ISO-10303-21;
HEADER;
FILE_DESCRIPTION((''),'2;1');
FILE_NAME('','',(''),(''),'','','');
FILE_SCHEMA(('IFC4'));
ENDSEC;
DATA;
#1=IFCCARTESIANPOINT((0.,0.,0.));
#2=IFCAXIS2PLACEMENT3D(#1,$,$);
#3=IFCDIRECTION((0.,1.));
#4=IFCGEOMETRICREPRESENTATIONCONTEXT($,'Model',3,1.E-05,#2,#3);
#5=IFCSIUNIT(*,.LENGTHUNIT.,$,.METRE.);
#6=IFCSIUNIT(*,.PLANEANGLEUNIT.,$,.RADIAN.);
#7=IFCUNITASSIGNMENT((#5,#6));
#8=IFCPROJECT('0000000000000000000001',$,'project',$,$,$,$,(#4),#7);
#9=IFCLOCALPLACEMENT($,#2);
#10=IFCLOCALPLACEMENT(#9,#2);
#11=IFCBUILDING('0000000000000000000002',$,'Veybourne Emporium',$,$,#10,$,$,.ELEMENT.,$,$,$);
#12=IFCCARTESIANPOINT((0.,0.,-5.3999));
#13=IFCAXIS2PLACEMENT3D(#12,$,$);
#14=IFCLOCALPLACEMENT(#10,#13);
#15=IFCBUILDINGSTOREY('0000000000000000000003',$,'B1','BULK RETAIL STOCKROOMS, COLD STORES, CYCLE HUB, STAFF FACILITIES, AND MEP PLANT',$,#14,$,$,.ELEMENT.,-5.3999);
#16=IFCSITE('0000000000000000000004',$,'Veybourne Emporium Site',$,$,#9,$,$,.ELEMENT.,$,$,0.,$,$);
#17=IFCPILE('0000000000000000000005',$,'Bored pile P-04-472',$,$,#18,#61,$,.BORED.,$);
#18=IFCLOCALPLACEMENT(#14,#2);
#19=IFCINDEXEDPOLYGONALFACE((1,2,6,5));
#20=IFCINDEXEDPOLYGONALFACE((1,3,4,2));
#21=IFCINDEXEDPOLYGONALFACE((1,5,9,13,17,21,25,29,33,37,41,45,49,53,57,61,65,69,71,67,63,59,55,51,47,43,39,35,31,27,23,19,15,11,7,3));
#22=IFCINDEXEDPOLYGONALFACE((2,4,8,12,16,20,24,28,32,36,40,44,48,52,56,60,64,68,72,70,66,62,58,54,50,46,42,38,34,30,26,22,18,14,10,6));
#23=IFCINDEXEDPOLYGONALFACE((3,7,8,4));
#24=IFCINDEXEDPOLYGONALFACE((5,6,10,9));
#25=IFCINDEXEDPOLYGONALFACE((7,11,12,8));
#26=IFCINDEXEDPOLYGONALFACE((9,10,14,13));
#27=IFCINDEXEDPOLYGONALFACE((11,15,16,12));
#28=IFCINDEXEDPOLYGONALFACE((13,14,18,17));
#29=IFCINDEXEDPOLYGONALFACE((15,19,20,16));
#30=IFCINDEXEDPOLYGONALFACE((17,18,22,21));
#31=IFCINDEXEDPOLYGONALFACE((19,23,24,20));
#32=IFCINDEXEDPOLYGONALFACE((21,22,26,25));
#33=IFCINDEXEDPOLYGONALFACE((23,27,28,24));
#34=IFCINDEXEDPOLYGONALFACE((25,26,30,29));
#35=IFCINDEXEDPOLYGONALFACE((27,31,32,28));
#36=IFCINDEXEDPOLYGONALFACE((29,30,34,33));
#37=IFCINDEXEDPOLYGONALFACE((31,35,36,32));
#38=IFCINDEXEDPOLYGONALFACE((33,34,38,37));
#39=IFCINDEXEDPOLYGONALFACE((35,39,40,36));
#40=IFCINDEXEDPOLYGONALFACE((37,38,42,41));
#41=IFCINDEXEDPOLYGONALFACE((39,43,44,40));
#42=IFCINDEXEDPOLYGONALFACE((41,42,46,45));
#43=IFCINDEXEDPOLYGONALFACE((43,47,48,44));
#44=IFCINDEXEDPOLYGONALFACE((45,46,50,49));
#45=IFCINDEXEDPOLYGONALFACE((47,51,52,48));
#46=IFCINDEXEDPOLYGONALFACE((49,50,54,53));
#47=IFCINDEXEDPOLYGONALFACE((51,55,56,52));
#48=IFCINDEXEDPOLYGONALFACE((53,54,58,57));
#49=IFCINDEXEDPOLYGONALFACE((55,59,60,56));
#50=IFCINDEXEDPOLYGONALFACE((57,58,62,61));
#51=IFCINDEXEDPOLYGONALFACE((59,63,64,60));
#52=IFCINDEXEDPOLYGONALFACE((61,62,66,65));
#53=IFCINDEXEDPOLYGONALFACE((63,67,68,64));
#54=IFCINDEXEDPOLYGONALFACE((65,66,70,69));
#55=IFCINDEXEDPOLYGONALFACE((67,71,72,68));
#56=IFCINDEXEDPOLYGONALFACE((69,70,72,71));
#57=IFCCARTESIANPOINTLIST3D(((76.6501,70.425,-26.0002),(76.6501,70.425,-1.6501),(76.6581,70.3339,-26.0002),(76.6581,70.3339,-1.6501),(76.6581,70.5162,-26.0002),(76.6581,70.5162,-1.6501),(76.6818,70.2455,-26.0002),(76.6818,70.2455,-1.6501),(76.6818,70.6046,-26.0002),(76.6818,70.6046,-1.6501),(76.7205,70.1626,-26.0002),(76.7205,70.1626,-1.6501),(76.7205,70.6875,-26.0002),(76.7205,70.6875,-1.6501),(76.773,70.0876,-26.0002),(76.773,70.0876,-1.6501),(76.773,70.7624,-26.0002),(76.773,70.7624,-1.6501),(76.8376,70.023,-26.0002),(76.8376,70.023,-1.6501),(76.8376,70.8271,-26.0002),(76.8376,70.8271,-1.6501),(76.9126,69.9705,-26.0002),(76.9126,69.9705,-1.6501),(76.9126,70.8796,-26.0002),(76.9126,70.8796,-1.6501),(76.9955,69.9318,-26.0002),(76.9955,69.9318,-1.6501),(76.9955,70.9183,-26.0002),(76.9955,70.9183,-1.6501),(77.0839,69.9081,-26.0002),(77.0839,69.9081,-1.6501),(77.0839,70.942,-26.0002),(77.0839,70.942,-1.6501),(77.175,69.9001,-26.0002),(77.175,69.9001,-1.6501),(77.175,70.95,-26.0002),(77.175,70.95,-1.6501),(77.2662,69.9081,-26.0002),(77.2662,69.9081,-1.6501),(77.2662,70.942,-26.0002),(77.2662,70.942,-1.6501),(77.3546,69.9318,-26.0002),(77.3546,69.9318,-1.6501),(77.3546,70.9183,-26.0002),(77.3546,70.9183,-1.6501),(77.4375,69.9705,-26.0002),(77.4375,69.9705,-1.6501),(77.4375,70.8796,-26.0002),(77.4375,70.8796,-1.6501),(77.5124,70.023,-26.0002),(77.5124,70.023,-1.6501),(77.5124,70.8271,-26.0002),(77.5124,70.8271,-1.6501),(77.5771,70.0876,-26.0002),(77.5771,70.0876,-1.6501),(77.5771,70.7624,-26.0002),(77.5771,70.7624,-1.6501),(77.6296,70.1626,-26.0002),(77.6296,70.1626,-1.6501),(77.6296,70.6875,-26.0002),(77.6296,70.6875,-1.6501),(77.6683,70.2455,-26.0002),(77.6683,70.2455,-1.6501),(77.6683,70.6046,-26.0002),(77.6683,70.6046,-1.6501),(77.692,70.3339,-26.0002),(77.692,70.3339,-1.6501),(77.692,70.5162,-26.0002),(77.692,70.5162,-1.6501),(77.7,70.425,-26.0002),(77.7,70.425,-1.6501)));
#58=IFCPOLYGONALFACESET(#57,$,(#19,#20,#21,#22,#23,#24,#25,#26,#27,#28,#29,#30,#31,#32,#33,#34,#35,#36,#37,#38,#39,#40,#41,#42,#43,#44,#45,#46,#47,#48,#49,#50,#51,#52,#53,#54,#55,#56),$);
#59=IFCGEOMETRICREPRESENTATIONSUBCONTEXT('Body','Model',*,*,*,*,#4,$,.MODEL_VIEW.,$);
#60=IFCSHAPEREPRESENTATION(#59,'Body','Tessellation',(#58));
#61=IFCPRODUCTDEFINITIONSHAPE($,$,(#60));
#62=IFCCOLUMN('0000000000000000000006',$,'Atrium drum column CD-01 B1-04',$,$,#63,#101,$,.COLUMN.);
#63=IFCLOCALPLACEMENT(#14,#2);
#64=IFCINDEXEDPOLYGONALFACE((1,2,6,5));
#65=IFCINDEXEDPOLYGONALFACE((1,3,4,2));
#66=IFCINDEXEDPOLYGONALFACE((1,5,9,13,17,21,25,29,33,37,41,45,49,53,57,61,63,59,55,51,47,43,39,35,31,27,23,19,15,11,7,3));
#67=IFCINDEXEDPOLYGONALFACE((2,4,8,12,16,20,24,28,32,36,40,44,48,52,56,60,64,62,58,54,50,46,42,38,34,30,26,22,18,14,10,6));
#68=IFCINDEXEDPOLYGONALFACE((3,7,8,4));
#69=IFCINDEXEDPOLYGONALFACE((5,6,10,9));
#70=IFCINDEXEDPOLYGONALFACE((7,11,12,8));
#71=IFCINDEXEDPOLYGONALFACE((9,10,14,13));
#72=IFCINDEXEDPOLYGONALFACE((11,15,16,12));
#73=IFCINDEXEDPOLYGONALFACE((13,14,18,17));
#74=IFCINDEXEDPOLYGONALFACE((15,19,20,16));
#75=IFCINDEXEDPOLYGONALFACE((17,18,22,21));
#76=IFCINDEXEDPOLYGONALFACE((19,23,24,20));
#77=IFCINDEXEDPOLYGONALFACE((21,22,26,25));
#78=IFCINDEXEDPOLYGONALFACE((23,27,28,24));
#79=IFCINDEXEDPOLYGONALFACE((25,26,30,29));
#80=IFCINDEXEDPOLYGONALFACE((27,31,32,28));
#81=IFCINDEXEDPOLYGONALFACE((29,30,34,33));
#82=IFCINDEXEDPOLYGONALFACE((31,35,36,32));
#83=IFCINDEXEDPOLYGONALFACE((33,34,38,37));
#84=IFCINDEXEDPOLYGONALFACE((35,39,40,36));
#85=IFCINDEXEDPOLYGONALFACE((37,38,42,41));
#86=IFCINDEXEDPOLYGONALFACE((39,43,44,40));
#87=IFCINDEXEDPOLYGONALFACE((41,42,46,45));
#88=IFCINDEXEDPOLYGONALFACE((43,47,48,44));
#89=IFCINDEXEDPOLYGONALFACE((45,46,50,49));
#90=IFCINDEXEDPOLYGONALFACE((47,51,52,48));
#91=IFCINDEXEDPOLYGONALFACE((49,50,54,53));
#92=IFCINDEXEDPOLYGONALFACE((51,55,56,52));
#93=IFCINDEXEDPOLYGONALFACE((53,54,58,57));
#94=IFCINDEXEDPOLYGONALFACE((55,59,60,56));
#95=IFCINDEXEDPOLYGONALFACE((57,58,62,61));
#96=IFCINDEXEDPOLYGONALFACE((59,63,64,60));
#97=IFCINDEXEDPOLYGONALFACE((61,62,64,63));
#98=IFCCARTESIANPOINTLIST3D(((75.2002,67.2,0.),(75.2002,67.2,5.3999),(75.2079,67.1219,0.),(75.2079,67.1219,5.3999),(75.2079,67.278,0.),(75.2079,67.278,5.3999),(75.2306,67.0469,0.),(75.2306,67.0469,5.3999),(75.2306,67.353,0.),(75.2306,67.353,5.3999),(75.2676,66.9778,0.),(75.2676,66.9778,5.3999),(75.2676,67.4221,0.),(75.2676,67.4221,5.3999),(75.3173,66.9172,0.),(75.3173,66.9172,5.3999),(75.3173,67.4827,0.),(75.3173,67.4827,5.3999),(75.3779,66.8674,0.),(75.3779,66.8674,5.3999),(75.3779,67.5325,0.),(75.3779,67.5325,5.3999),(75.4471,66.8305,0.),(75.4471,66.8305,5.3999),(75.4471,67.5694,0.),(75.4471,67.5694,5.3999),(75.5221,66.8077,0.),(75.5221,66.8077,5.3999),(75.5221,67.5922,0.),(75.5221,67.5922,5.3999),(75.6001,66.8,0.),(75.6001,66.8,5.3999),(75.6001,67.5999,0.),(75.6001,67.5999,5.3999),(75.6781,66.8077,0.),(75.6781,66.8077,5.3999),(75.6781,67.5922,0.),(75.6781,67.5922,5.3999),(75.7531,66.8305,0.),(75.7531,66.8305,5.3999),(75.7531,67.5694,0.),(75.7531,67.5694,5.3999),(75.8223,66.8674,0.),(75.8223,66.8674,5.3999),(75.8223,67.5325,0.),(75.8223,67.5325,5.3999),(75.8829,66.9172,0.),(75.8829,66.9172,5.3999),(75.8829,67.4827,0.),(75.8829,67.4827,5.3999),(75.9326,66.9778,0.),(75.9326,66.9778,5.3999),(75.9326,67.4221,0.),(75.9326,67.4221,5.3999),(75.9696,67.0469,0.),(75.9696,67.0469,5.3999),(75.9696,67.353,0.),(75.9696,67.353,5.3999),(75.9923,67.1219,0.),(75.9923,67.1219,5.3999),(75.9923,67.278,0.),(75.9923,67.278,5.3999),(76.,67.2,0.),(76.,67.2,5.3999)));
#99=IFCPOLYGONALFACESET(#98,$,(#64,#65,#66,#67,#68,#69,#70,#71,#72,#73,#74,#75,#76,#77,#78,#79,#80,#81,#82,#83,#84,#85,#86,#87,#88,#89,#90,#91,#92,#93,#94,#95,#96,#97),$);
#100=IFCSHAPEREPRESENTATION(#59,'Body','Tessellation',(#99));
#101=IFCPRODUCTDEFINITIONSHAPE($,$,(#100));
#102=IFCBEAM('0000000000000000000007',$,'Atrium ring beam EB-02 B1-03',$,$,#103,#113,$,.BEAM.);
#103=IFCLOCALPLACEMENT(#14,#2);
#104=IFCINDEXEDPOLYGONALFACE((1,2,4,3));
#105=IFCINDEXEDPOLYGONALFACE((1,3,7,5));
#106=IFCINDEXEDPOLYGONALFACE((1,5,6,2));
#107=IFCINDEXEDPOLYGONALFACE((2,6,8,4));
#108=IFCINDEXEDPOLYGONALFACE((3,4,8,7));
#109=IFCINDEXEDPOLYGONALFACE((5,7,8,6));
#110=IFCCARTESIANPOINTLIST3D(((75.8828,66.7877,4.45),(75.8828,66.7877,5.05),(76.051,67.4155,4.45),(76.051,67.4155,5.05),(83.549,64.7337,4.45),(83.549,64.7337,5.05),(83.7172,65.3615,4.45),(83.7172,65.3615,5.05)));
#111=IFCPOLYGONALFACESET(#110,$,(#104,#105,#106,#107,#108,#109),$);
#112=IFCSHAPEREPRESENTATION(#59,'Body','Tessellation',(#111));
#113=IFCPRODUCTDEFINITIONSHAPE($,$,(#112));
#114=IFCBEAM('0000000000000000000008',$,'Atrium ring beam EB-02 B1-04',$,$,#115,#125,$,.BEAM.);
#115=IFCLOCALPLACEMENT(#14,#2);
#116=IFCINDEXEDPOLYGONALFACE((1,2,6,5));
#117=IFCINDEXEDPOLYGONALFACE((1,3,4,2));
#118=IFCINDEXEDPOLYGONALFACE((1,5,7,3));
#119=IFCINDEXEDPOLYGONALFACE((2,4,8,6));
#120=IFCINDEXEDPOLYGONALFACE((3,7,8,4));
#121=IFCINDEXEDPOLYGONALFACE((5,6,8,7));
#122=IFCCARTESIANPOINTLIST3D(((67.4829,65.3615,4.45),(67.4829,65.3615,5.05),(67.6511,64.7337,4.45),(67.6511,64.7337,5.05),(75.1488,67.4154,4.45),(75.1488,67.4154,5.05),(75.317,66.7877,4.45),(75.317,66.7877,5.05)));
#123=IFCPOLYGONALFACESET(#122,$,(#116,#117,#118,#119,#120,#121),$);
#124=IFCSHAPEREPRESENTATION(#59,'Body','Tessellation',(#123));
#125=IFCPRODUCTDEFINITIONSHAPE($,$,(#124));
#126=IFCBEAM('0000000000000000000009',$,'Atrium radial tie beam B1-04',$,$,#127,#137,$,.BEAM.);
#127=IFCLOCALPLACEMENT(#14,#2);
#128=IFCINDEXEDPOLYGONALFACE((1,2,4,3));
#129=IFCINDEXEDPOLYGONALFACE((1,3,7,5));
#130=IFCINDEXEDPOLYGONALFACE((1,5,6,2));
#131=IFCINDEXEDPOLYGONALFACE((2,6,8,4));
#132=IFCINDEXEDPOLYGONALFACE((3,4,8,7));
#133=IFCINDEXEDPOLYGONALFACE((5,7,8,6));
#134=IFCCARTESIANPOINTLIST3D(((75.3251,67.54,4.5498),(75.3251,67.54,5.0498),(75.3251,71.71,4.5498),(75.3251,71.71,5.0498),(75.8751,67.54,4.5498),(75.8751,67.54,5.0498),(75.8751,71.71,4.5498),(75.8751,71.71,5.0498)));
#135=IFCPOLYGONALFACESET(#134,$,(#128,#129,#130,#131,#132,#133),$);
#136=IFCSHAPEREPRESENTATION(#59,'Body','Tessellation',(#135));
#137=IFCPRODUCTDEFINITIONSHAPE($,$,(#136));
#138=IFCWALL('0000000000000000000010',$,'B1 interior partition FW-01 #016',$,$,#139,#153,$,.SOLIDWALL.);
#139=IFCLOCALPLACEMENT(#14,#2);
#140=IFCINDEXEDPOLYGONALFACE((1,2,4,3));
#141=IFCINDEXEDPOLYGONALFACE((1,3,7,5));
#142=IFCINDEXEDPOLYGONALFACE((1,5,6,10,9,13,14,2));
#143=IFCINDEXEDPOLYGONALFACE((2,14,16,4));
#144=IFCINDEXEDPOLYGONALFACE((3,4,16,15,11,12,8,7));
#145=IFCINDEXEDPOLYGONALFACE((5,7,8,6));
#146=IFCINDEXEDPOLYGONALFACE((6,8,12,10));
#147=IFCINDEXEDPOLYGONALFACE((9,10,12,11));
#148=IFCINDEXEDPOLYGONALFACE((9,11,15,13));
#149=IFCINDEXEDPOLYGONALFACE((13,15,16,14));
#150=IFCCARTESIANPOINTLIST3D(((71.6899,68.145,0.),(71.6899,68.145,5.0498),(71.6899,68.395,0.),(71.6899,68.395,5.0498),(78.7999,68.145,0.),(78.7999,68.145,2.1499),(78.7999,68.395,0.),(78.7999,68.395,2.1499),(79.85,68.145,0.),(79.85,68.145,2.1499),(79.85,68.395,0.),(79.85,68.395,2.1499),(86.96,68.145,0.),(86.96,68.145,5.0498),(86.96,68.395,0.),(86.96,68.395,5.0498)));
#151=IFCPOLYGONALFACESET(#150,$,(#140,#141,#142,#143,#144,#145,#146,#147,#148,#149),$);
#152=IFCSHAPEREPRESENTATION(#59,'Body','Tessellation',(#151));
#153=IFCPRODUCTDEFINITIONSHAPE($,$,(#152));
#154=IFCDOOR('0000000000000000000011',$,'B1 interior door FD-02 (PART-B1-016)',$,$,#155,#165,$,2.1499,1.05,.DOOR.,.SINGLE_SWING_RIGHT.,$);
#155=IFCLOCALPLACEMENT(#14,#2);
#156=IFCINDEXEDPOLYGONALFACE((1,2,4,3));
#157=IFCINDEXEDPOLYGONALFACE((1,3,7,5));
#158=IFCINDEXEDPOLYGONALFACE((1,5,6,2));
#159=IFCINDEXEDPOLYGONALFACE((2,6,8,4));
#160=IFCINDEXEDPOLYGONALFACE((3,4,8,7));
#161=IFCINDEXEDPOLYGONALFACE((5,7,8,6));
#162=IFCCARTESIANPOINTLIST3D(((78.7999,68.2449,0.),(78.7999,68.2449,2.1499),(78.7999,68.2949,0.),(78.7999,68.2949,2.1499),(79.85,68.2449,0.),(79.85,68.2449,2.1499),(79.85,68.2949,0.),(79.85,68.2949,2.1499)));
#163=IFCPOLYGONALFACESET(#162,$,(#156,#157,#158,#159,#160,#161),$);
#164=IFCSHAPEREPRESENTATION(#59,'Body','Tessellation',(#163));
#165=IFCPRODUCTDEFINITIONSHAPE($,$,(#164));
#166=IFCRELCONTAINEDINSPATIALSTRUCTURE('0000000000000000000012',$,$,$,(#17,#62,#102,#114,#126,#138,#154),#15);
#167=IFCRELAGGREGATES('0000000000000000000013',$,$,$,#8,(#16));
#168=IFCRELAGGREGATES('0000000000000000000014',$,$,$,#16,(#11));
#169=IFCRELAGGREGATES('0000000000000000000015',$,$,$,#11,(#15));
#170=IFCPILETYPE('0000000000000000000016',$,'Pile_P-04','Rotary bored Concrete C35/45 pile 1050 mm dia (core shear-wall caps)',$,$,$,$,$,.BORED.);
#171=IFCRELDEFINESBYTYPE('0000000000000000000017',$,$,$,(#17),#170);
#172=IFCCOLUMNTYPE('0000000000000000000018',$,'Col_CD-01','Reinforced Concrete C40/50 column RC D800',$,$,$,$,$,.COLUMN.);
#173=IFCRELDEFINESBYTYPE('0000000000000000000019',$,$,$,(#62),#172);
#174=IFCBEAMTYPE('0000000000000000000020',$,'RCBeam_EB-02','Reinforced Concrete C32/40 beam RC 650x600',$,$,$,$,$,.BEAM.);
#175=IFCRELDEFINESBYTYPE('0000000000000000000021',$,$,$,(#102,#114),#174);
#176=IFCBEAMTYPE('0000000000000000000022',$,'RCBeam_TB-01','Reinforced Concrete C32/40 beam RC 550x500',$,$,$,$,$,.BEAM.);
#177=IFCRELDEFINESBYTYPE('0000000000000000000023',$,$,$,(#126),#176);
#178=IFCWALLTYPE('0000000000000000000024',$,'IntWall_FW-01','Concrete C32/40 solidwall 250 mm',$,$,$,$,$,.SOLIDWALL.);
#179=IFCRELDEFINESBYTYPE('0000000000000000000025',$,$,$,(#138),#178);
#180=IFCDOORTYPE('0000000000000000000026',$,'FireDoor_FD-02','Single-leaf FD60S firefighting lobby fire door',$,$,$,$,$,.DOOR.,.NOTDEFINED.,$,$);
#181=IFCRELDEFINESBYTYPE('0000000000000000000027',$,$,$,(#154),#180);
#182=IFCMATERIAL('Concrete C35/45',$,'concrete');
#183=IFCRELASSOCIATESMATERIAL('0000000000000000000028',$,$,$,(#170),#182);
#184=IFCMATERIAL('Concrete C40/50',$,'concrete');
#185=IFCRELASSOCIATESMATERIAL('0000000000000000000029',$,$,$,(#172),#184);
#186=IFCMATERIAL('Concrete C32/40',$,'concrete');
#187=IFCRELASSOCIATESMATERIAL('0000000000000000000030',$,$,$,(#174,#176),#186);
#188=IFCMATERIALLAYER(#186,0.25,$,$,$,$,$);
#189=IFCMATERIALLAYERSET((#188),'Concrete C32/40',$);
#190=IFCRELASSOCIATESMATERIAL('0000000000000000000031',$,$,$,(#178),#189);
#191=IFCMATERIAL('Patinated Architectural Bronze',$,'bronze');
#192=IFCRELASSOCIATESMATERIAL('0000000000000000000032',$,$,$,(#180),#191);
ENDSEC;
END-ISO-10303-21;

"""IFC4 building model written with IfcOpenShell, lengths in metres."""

from ifc_helpers import new_model, si_unit, direction, frame, frame_2d, origin, origin_2d, place, context, subcontext, project, spatial, rectangle, circle, extrude, material, layer, layer_set, material_profile, profile_set, type_object, element, fill, save


model = new_model("IFC4")

# Units and contexts
model_context = context("Model", 3, precision=1e-05, world=origin(), true_north=direction((0.0, 1.0)))
body_context = subcontext(model_context, "Body", "Model", "MODEL_VIEW")
ifc_project = project(units=[si_unit("LENGTHUNIT", "METRE"), si_unit("PLANEANGLEUNIT", "RADIAN")], contexts=[model_context])

# Site, building, storey
site_placement = place(None, origin())
site = spatial("IfcSite", under=ifc_project, at=site_placement, Name="Veybourne Emporium Site", CompositionType="ELEMENT", RefElevation=0.0)
building_placement = place(site_placement, origin())
building = spatial("IfcBuilding", under=site, at=building_placement, Name="Veybourne Emporium", CompositionType="ELEMENT")
storey_placement = place(building_placement, frame((0.0, 0.0, -5.3999)))
storey = spatial("IfcBuildingStorey", under=building, at=storey_placement, Name="B1", Description="BULK RETAIL STOCKROOMS, COLD STORES, CYCLE HUB, STAFF FACILITIES, AND MEP PLANT", CompositionType="ELEMENT", Elevation=-5.3999)

# Shared definitions
ifc_material_1 = material(Name="Concrete C35/45", Category="concrete")

# Pile
ifc_material_profile_1 = material_profile(ifc_material_1, circle(Radius=0.5249, at=origin_2d()), Name="BORED PILE 1050")
ifc_profile_set_1 = profile_set([ifc_material_profile_1], Name="Concrete C35/45")
pile_type_1 = type_object("IfcPileType", Name="Pile_P-04", Description="Rotary bored Concrete C35/45 pile 1050 mm dia (core shear-wall caps)", PredefinedType="BORED", material=ifc_profile_set_1)
for number, where, z_axis, x_axis, name in (
    (1, (77.175, 70.425, -1.6501), (0.0, 0.0, -1.0), (1.0, 0.0, 0.0), "Bored pile P-04-472"),
):
    element("IfcPile", number, at=place(storey_placement, frame(where, z_axis=z_axis, x_axis=x_axis)), inside=storey, type_object=pile_type_1, Name=name, PredefinedType="BORED", context=body_context, shape_type="SweptSolid", body=[
        extrude(circle(Radius=0.5249, at=origin_2d()), origin(), (0.0, 0.0, 1.0), 24.3501),
    ])

# Column
ifc_material_2 = material(Name="Concrete C40/50", Category="concrete")
ifc_material_profile_2 = material_profile(ifc_material_2, circle(Radius=0.3999, at=origin_2d()), Name="RC D800")
ifc_profile_set_2 = profile_set([ifc_material_profile_2], Name="Concrete C40/50")
column_type = type_object("IfcColumnType", Name="Col_CD-01", Description="Reinforced Concrete C40/50 column RC D800", PredefinedType="COLUMN", material=ifc_profile_set_2)
column_placement = place(storey_placement, frame((75.6001, 67.2, 0.0), z_axis=(0.0, 0.0, 1.0), x_axis=(1.0, 0.0, 0.0)))
element("IfcColumn", 2, at=column_placement, inside=storey, type_object=column_type, Name="Atrium drum column CD-01 B1-04", PredefinedType="COLUMN", context=body_context, shape_type="SweptSolid", body=[
    extrude(circle(Radius=0.3999, at=origin_2d()), origin(), (0.0, 0.0, 1.0), 5.3999),
])

# Beams
ifc_material_3 = material(Name="Concrete C32/40", Category="concrete")
ifc_material_profile_3 = material_profile(ifc_material_3, rectangle(XDim=0.6499, YDim=0.6001, at=origin_2d()), Name="RC 650x600")
ifc_profile_set_3 = profile_set([ifc_material_profile_3], Name="Concrete C32/40")
beam_type_1 = type_object("IfcBeamType", Name="RCBeam_EB-02", Description="Reinforced Concrete C32/40 beam RC 650x600", PredefinedType="BEAM", material=ifc_profile_set_3)
beam_1_placement = place(storey_placement, frame((83.6331, 65.0476, 4.75), z_axis=(-0.96593, 0.258802, 0.0), x_axis=(-0.258802, -0.96593, 0.0)))
element("IfcBeam", 3, at=beam_1_placement, inside=storey, type_object=beam_type_1, Name="Atrium ring beam EB-02 B1-03", PredefinedType="BEAM", context=body_context, shape_type="SweptSolid", body=[
    extrude(rectangle(XDim=0.6499, YDim=0.6001, at=origin_2d()), origin(), (0.0, 0.0, 1.0), 7.9365),
])
beam_2_placement = place(storey_placement, frame((75.2329, 67.1016, 4.75), z_axis=(-0.965928, -0.258809, 0.0), x_axis=(0.258809, -0.965928, 0.0)))
element("IfcBeam", 4, at=beam_2_placement, inside=storey, type_object=beam_type_1, Name="Atrium ring beam EB-02 B1-04", PredefinedType="BEAM", context=body_context, shape_type="SweptSolid", body=[
    extrude(rectangle(XDim=0.6499, YDim=0.6001, at=origin_2d()), origin(), (0.0, 0.0, 1.0), 7.9363),
])
ifc_material_profile_4 = material_profile(ifc_material_3, rectangle(XDim=0.55, YDim=0.5, at=origin_2d()), Name="RC 550x500")
ifc_profile_set_4 = profile_set([ifc_material_profile_4], Name="Concrete C32/40")
beam_type_2 = type_object("IfcBeamType", Name="RCBeam_TB-01", Description="Reinforced Concrete C32/40 beam RC 550x500", PredefinedType="BEAM", material=ifc_profile_set_4)
beam_3_placement = place(storey_placement, frame((75.6001, 67.54, 4.7998), z_axis=(0.0, 1.0, 0.0), x_axis=(-1.0, 0.0, 0.0)))
element("IfcBeam", 5, at=beam_3_placement, inside=storey, type_object=beam_type_2, Name="Atrium radial tie beam B1-04", PredefinedType="BEAM", context=body_context, shape_type="SweptSolid", body=[
    extrude(rectangle(XDim=0.55, YDim=0.5, at=origin_2d()), origin(), (0.0, 0.0, 1.0), 4.1699),
])

# Wall, opening, door
ifc_layer = layer(ifc_material_3, 0.25)
ifc_layer_set = layer_set([ifc_layer], Name="Concrete C32/40")
wall_type = type_object("IfcWallType", Name="IntWall_FW-01", Description="Concrete C32/40 solidwall 250 mm", PredefinedType="SOLIDWALL", material=ifc_layer_set)
wall_1_placement = place(storey_placement, frame((71.6899, 68.27, 0.0), z_axis=(0.0, 0.0, 1.0), x_axis=(1.0, 0.0, 0.0)))
wall_1 = element("IfcWall", 6, at=wall_1_placement, inside=storey, type_object=wall_type, Name="B1 interior partition FW-01 #016", PredefinedType="SOLIDWALL", context=body_context, shape_type="SweptSolid", body=[
    extrude(rectangle(XDim=15.27, YDim=0.25, at=frame_2d((7.635, 0.0))), origin(), (0.0, 0.0, 1.0), 5.0498),
])
opening_1_placement = place(wall_1_placement, frame((7.1101, 0.0, 0.0)))
opening_1 = element("IfcOpeningElement", 7, at=opening_1_placement, cuts=wall_1, PredefinedType="OPENING", context=body_context, shape_type="SweptSolid", body=[
    extrude(rectangle(XDim=1.05, YDim=2.1499, at=frame_2d((0.5249, 1.075))), frame((0.0, 0.145, 0.0), z_axis=(0.0, -1.0, 0.0), x_axis=(1.0, 0.0, 0.0)), (0.0, 0.0, 1.0), 0.29),
])
ifc_material_4 = material(Name="Patinated Architectural Bronze", Category="bronze")
door_type = type_object("IfcDoorType", Name="FireDoor_FD-02", Description="Single-leaf FD60S firefighting lobby fire door", OperationType="NOTDEFINED", PredefinedType="DOOR", material=ifc_material_4)
door_1_placement = place(opening_1_placement, origin())
door_1 = element("IfcDoor", 8, at=door_1_placement, inside=storey, type_object=door_type, Name="B1 interior door FD-02 (PART-B1-016)", OperationType="SINGLE_SWING_RIGHT", OverallHeight=2.1499, OverallWidth=1.05, PredefinedType="DOOR", context=body_context, shape_type="SweptSolid", body=[
    extrude(rectangle(XDim=1.05, YDim=2.1499, at=frame_2d((0.5249, 1.075))), frame((0.0, 0.0249, 0.0), z_axis=(0.0, -1.0, 0.0), x_axis=(1.0, 0.0, 0.0)), (0.0, 0.0, 1.0), 0.05),
])
fill(opening_1, door_1)

save(model, "model.ifc")
